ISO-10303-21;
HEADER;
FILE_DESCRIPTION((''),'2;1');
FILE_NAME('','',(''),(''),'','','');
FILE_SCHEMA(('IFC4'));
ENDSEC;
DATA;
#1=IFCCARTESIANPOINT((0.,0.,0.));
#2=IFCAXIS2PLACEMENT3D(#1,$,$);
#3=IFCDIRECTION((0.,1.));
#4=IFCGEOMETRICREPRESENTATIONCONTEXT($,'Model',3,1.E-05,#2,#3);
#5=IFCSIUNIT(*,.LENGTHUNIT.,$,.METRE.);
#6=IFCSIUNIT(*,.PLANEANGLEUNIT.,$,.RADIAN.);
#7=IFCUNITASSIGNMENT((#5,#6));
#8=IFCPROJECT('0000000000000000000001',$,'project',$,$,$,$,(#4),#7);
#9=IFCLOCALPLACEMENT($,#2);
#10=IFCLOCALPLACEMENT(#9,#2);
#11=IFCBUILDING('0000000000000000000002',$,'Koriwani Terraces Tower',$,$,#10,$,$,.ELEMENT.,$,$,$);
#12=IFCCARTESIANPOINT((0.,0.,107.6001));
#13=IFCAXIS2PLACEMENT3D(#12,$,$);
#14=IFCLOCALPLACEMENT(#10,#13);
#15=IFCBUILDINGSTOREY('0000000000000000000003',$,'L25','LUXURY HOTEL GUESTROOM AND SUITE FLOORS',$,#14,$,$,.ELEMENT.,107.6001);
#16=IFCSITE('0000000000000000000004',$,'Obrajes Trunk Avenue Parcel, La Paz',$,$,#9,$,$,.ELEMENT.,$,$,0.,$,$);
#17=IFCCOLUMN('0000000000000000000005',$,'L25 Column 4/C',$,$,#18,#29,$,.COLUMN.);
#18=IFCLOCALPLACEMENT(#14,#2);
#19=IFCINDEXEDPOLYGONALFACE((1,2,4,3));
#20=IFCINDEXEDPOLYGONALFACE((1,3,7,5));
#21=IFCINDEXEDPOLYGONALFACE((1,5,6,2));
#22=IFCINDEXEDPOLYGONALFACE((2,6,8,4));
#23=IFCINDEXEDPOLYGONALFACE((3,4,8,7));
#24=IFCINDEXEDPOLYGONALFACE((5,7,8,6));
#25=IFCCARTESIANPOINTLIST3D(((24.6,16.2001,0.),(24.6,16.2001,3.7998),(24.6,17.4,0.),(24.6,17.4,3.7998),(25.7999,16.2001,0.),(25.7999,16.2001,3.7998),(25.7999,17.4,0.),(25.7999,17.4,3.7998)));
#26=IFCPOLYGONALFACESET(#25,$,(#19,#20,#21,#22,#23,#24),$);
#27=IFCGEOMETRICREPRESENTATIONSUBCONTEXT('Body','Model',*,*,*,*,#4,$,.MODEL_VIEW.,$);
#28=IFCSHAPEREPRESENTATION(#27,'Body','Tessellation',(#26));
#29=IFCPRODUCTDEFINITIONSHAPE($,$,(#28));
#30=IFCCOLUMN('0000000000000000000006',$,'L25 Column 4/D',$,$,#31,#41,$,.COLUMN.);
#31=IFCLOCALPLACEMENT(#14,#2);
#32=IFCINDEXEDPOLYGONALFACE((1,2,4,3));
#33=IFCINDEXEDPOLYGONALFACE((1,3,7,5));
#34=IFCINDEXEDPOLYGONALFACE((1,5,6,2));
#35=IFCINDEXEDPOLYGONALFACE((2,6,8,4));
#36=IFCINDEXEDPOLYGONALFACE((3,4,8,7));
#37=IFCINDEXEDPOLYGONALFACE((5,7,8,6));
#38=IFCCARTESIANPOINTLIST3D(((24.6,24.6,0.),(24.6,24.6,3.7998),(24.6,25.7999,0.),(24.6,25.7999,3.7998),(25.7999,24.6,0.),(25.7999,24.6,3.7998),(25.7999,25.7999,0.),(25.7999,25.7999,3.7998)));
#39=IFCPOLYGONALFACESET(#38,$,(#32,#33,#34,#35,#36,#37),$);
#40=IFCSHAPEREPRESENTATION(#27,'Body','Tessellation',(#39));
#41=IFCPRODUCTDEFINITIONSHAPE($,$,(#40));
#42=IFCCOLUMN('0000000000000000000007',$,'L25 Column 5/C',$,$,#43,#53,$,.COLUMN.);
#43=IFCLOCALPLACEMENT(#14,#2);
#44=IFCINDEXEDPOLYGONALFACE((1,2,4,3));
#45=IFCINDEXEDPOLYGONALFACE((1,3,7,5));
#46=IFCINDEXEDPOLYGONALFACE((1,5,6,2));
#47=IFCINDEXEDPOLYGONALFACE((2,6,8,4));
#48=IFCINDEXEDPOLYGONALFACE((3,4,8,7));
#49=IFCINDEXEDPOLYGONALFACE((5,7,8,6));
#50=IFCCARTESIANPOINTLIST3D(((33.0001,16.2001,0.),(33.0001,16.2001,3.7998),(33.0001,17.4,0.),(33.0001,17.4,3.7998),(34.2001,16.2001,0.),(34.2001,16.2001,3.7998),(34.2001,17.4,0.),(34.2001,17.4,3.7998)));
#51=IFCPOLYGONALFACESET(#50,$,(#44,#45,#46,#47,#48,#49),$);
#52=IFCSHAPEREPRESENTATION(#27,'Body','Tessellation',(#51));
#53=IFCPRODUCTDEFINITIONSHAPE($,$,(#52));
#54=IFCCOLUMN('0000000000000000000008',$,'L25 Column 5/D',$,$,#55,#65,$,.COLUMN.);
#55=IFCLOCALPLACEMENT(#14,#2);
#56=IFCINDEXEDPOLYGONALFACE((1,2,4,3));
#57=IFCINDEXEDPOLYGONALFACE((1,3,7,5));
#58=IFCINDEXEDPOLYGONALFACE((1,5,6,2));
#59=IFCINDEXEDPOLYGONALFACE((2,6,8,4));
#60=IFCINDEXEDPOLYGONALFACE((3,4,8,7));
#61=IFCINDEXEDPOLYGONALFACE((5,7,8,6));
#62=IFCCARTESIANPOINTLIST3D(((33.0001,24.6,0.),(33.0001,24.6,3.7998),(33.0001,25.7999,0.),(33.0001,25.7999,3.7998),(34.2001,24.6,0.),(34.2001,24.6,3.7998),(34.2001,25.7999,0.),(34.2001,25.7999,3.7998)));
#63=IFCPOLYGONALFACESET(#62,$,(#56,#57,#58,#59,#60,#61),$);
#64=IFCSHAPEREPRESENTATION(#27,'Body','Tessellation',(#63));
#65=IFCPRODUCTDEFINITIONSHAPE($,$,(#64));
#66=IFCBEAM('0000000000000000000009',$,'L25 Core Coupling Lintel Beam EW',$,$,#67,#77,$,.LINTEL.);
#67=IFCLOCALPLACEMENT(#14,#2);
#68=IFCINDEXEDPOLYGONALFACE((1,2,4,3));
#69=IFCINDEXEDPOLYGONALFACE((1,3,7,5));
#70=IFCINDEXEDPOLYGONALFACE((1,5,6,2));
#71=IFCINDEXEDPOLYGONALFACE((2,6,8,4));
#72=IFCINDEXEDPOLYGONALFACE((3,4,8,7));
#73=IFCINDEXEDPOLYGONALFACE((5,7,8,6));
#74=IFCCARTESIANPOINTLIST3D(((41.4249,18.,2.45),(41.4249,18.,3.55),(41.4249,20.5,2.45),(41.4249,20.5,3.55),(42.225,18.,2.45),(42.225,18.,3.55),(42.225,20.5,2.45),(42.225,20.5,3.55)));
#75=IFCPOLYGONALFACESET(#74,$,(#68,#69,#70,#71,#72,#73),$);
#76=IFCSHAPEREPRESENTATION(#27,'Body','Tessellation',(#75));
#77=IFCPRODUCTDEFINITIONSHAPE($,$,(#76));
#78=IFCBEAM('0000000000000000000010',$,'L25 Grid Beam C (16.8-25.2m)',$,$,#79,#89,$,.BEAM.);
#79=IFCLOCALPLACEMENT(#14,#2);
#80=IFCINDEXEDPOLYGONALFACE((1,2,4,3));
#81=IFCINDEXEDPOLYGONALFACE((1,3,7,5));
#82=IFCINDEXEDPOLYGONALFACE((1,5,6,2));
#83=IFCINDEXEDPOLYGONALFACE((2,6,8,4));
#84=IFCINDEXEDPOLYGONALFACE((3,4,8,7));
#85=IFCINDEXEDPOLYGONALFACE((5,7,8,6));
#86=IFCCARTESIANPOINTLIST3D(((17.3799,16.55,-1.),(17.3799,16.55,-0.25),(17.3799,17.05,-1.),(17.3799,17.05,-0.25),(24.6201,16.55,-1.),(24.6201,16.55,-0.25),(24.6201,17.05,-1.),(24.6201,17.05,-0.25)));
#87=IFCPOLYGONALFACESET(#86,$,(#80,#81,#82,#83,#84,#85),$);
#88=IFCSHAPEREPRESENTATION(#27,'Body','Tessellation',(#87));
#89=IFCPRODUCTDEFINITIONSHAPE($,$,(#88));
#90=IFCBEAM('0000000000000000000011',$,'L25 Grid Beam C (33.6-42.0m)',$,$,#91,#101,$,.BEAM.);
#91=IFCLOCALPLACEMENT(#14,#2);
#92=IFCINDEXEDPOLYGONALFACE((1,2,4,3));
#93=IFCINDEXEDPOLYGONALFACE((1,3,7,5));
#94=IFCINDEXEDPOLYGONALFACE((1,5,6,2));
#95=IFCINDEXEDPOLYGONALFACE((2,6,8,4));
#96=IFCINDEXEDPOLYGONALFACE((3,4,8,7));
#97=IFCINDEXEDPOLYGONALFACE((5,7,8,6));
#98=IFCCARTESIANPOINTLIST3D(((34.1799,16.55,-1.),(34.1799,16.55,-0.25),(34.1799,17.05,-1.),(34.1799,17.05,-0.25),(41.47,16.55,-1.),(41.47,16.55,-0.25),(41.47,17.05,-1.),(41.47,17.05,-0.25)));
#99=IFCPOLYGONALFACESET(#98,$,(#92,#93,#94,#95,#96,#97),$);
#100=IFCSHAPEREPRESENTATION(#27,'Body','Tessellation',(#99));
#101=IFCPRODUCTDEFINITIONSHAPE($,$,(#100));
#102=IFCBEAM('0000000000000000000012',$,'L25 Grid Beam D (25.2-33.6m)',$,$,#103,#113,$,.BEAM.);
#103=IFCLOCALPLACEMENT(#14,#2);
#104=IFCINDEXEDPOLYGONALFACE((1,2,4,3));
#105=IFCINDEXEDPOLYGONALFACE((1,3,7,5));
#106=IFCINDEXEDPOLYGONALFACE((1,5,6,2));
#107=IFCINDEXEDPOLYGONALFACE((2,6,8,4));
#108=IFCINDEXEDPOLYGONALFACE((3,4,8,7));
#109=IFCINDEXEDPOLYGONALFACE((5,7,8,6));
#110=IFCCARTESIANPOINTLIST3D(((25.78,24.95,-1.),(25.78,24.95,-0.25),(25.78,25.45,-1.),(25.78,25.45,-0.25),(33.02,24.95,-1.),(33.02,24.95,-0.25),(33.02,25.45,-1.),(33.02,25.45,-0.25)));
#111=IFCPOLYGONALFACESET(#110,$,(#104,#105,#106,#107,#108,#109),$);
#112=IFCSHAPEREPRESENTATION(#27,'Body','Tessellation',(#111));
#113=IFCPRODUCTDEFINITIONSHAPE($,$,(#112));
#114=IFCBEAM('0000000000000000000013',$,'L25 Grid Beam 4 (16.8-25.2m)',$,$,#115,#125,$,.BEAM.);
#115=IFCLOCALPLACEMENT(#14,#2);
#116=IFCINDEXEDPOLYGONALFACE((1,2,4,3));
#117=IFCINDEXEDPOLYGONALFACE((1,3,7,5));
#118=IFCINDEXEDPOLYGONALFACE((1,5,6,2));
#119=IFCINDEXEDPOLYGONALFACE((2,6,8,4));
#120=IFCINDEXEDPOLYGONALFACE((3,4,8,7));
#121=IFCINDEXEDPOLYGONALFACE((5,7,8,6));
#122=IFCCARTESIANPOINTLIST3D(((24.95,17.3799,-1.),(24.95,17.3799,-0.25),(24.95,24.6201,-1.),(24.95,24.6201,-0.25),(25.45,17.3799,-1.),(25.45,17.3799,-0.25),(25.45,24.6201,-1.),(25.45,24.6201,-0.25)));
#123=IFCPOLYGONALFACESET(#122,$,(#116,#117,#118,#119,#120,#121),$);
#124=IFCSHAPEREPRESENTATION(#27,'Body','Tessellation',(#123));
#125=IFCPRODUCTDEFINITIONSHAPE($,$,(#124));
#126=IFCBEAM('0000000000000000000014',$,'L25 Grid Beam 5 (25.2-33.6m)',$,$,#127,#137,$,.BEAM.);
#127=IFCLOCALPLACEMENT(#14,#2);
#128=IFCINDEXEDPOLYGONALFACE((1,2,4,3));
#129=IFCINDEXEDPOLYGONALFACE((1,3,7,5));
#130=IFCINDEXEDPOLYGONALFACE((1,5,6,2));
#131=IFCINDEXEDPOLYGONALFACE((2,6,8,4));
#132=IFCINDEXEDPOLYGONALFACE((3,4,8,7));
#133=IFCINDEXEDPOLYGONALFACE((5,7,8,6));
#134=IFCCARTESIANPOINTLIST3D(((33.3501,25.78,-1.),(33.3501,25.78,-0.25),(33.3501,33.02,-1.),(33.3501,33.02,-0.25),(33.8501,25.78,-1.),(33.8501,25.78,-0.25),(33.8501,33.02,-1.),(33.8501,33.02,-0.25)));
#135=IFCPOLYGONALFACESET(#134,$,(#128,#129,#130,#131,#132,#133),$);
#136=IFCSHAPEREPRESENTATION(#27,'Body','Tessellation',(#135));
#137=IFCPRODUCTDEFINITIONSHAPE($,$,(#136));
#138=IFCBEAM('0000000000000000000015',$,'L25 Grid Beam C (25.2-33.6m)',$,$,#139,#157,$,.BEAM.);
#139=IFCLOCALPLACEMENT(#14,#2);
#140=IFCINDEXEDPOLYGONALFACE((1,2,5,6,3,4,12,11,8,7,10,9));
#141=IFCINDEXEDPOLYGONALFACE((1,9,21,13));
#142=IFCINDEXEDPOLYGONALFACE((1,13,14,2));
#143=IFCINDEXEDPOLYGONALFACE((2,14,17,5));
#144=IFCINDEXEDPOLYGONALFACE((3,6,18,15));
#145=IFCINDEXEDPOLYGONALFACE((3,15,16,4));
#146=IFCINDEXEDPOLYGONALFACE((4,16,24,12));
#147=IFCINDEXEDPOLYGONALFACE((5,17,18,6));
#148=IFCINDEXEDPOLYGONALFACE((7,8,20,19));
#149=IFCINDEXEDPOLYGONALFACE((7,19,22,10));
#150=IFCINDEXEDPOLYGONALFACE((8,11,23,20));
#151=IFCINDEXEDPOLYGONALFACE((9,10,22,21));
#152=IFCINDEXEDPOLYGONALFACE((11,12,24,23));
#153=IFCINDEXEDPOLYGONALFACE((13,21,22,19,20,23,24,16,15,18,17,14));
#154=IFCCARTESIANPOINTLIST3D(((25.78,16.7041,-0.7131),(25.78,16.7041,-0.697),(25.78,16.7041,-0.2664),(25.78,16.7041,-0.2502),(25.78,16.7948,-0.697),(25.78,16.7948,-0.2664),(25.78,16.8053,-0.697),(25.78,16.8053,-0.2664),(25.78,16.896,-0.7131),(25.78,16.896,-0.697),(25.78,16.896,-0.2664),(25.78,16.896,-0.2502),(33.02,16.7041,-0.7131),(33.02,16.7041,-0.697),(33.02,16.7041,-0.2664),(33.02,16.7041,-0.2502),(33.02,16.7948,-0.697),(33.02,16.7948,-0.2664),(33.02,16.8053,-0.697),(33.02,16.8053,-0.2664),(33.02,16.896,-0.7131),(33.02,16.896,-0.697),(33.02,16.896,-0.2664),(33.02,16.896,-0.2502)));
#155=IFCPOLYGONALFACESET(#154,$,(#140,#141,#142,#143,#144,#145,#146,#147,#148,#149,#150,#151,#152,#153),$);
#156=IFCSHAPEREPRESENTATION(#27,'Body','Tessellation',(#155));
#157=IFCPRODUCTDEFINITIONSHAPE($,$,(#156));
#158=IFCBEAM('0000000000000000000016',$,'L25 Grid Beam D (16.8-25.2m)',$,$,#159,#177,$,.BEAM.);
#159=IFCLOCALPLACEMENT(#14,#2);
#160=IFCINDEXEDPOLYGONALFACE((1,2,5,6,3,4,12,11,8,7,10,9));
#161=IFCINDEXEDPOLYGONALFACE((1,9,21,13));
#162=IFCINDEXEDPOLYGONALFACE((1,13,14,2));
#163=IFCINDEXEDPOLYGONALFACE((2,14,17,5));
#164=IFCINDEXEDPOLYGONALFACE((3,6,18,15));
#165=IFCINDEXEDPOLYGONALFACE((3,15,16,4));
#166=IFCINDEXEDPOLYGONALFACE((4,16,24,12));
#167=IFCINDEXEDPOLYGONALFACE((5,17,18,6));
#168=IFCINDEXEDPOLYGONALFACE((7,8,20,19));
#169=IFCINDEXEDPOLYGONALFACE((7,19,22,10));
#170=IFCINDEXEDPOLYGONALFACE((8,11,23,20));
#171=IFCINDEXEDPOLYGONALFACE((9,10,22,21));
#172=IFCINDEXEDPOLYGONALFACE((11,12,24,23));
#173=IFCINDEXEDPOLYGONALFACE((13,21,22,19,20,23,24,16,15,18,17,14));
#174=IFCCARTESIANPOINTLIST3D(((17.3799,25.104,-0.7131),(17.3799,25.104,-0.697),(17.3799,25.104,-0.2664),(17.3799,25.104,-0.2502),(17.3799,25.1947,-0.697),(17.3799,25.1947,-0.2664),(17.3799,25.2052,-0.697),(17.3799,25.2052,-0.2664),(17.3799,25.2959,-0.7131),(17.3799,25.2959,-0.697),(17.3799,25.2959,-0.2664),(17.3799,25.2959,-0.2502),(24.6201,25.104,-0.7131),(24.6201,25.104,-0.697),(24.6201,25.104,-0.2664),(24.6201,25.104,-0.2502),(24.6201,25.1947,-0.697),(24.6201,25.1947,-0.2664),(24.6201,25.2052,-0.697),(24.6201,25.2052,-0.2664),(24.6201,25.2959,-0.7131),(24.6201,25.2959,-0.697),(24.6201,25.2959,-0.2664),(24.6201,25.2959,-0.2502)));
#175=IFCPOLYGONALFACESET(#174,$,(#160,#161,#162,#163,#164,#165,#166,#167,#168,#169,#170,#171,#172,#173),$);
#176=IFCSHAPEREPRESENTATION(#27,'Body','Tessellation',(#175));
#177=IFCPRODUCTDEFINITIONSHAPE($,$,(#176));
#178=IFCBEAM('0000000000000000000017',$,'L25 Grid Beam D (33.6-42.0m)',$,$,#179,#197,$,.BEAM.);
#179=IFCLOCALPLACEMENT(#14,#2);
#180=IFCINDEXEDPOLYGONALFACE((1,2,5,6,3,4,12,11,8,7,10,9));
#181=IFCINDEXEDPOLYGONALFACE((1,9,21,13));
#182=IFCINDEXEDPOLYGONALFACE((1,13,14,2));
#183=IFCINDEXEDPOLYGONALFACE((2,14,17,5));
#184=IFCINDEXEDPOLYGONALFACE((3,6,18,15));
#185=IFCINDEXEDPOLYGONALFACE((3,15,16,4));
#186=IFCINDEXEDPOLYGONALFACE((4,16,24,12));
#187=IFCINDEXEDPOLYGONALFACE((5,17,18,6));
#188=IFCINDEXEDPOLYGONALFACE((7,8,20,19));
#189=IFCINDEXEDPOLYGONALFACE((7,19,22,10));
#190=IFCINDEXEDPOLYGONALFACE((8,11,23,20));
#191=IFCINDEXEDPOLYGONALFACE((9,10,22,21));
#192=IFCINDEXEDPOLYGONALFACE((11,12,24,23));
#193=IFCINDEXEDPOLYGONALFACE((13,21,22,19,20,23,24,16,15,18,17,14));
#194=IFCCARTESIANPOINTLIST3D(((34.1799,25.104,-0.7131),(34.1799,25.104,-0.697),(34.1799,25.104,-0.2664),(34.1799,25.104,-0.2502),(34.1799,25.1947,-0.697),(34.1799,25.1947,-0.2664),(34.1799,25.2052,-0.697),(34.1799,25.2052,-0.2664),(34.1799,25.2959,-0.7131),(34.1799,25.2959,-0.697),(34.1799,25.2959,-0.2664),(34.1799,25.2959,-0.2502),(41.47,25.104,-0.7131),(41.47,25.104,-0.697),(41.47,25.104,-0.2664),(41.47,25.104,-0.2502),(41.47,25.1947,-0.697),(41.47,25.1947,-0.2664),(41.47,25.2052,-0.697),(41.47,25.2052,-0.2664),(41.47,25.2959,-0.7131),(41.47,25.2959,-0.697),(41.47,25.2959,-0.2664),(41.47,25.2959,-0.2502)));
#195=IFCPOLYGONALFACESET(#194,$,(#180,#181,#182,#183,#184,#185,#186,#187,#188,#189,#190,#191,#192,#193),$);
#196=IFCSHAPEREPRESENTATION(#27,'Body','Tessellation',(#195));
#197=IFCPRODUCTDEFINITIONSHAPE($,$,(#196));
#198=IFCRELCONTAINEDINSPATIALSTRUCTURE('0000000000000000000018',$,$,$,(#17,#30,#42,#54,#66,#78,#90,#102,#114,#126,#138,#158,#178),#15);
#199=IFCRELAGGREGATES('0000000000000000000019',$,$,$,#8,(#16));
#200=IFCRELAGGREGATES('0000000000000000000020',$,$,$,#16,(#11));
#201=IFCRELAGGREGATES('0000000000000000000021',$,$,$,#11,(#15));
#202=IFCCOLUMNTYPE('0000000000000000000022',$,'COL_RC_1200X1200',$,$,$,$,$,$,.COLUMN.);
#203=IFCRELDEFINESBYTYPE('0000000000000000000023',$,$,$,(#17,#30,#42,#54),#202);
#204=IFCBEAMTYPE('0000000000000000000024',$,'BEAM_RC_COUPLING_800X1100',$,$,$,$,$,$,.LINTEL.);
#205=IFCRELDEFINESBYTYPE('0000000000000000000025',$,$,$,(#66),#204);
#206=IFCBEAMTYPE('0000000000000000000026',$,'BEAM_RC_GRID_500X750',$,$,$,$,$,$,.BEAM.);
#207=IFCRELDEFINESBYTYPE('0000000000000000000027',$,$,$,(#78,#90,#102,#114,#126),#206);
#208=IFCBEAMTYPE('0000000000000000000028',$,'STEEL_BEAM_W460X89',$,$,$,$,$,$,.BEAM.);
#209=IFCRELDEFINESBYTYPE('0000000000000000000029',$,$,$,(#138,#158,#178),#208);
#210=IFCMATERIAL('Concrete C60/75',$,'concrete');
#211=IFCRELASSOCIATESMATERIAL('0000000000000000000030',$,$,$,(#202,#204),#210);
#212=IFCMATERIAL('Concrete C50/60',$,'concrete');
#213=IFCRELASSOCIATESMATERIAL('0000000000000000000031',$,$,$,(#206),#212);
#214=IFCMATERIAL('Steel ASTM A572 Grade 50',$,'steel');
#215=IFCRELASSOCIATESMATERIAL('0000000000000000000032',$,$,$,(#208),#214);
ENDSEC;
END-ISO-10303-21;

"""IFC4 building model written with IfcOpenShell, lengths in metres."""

from ifc_helpers import new_model, si_unit, direction, frame, origin, origin_2d, place, context, subcontext, project, spatial, rectangle, i_section, extrude, material, material_profile, profile_set, type_object, element, save


model = new_model("IFC4")

# Units and contexts
model_context = context("Model", 3, precision=1e-05, world=origin(), true_north=direction((0.0, 1.0)))
body_context = subcontext(model_context, "Body", "Model", "MODEL_VIEW")
ifc_project = project(units=[si_unit("LENGTHUNIT", "METRE"), si_unit("PLANEANGLEUNIT", "RADIAN")], contexts=[model_context])

# Site, building, storey
site_placement = place(None, origin())
site = spatial("IfcSite", under=ifc_project, at=site_placement, Name="Obrajes Trunk Avenue Parcel, La Paz", CompositionType="ELEMENT", RefElevation=0.0)
building_placement = place(site_placement, origin())
building = spatial("IfcBuilding", under=site, at=building_placement, Name="Koriwani Terraces Tower", CompositionType="ELEMENT")
storey_placement = place(building_placement, frame((0.0, 0.0, 107.6001)))
storey = spatial("IfcBuildingStorey", under=building, at=storey_placement, Name="L25", Description="LUXURY HOTEL GUESTROOM AND SUITE FLOORS", CompositionType="ELEMENT", Elevation=107.6001)

# Columns
ifc_material_1 = material(Name="Concrete C60/75", Category="concrete")
ifc_material_profile_1 = material_profile(ifc_material_1, rectangle(XDim=1.2, YDim=1.2, at=origin_2d()), Name="Concrete C60/75", Category="LoadBearing")
ifc_profile_set_1 = profile_set([ifc_material_profile_1], Name="Concrete C60/75")
column_type = type_object("IfcColumnType", Name="COL_RC_1200X1200", PredefinedType="COLUMN", material=ifc_profile_set_1)
for number, where, z_axis, x_axis, name in (
    (1, (25.2, 16.8, 0.0), (0.0, 0.0, 1.0), (1.0, 0.0, 0.0), "L25 Column 4/C"),
    (2, (25.2, 25.2, 0.0), (0.0, 0.0, 1.0), (1.0, 0.0, 0.0), "L25 Column 4/D"),
    (3, (33.6001, 16.8, 0.0), (0.0, 0.0, 1.0), (1.0, 0.0, 0.0), "L25 Column 5/C"),
    (4, (33.6001, 25.2, 0.0), (0.0, 0.0, 1.0), (1.0, 0.0, 0.0), "L25 Column 5/D"),
):
    element("IfcColumn", number, at=place(storey_placement, frame(where, z_axis=z_axis, x_axis=x_axis)), inside=storey, type_object=column_type, Name=name, PredefinedType="COLUMN", context=body_context, shape_type="SweptSolid", body=[
        extrude(rectangle(XDim=1.2, YDim=1.2, at=origin_2d()), origin(), (0.0, 0.0, 1.0), 3.7998),
    ])

# Beams
ifc_material_profile_2 = material_profile(ifc_material_1, rectangle(XDim=0.8, YDim=1.1001, at=origin_2d()), Name="Concrete C60/75", Category="LoadBearing")
ifc_profile_set_2 = profile_set([ifc_material_profile_2], Name="Concrete C60/75")
beam_type_1 = type_object("IfcBeamType", Name="BEAM_RC_COUPLING_800X1100", PredefinedType="LINTEL", material=ifc_profile_set_2)
beam_1_placement = place(storey_placement, frame((41.825, 18.0, 3.0), z_axis=(0.0, 1.0, 0.0), x_axis=(-1.0, 0.0, 0.0)))
element("IfcBeam", 5, at=beam_1_placement, inside=storey, type_object=beam_type_1, Name="L25 Core Coupling Lintel Beam EW", PredefinedType="LINTEL", context=body_context, shape_type="SweptSolid", body=[
    extrude(rectangle(XDim=0.8, YDim=1.1001, at=origin_2d()), origin(), (0.0, 0.0, 1.0), 2.5),
])
ifc_material_2 = material(Name="Concrete C50/60", Category="concrete")
ifc_material_profile_3 = material_profile(ifc_material_2, rectangle(XDim=0.5, YDim=0.75, at=origin_2d()), Name="Concrete C50/60", Category="LoadBearing")
ifc_profile_set_3 = profile_set([ifc_material_profile_3], Name="Concrete C50/60")
beam_type_2 = type_object("IfcBeamType", Name="BEAM_RC_GRID_500X750", PredefinedType="BEAM", material=ifc_profile_set_3)
beam_2_placement = place(storey_placement, frame((17.3799, 16.8, -0.625), z_axis=(1.0, 0.0, 0.0), x_axis=(0.0, 1.0, 0.0)))
element("IfcBeam", 6, at=beam_2_placement, inside=storey, type_object=beam_type_2, Name="L25 Grid Beam C (16.8-25.2m)", PredefinedType="BEAM", context=body_context, shape_type="SweptSolid", body=[
    extrude(rectangle(XDim=0.5, YDim=0.75, at=origin_2d()), origin(), (0.0, 0.0, 1.0), 7.2402),
])
beam_3_placement = place(storey_placement, frame((34.1799, 16.8, -0.625), z_axis=(1.0, 0.0, 0.0), x_axis=(0.0, 1.0, 0.0)))
element("IfcBeam", 7, at=beam_3_placement, inside=storey, type_object=beam_type_2, Name="L25 Grid Beam C (33.6-42.0m)", PredefinedType="BEAM", context=body_context, shape_type="SweptSolid", body=[
    extrude(rectangle(XDim=0.5, YDim=0.75, at=origin_2d()), origin(), (0.0, 0.0, 1.0), 7.29),
])
beam_4_placement = place(storey_placement, frame((25.78, 25.2, -0.625), z_axis=(1.0, 0.0, 0.0), x_axis=(0.0, 1.0, 0.0)))
element("IfcBeam", 8, at=beam_4_placement, inside=storey, type_object=beam_type_2, Name="L25 Grid Beam D (25.2-33.6m)", PredefinedType="BEAM", context=body_context, shape_type="SweptSolid", body=[
    extrude(rectangle(XDim=0.5, YDim=0.75, at=origin_2d()), origin(), (0.0, 0.0, 1.0), 7.24),
])
beam_5_placement = place(storey_placement, frame((25.2, 17.3799, -0.625), z_axis=(0.0, 1.0, 0.0), x_axis=(-1.0, 0.0, 0.0)))
element("IfcBeam", 9, at=beam_5_placement, inside=storey, type_object=beam_type_2, Name="L25 Grid Beam 4 (16.8-25.2m)", PredefinedType="BEAM", context=body_context, shape_type="SweptSolid", body=[
    extrude(rectangle(XDim=0.5, YDim=0.75, at=origin_2d()), origin(), (0.0, 0.0, 1.0), 7.2402),
])
beam_6_placement = place(storey_placement, frame((33.6001, 25.78, -0.625), z_axis=(0.0, 1.0, 0.0), x_axis=(-1.0, 0.0, 0.0)))
element("IfcBeam", 10, at=beam_6_placement, inside=storey, type_object=beam_type_2, Name="L25 Grid Beam 5 (25.2-33.6m)", PredefinedType="BEAM", context=body_context, shape_type="SweptSolid", body=[
    extrude(rectangle(XDim=0.5, YDim=0.75, at=origin_2d()), origin(), (0.0, 0.0, 1.0), 7.24),
])
ifc_material_3 = material(Name="Steel ASTM A572 Grade 50", Category="steel")
ifc_material_profile_4 = material_profile(ifc_material_3, i_section(OverallWidth=0.1919, OverallDepth=0.4629, WebThickness=0.0105, FlangeThickness=0.0161, at=origin_2d()), Name="Steel ASTM A572 Grade 50", Category="LoadBearing")
ifc_profile_set_4 = profile_set([ifc_material_profile_4], Name="Steel ASTM A572 Grade 50")
beam_type_3 = type_object("IfcBeamType", Name="STEEL_BEAM_W460X89", PredefinedType="BEAM", material=ifc_profile_set_4)
beam_7_placement = place(storey_placement, frame((25.78, 16.8, -0.4817), z_axis=(1.0, 0.0, 0.0), x_axis=(0.0, 1.0, 0.0)))
element("IfcBeam", 11, at=beam_7_placement, inside=storey, type_object=beam_type_3, Name="L25 Grid Beam C (25.2-33.6m)", PredefinedType="BEAM", context=body_context, shape_type="SweptSolid", body=[
    extrude(i_section(OverallWidth=0.1919, OverallDepth=0.4629, WebThickness=0.0105, FlangeThickness=0.0161, at=origin_2d()), origin(), (0.0, 0.0, 1.0), 7.24),
])
beam_8_placement = place(storey_placement, frame((17.3799, 25.2, -0.4817), z_axis=(1.0, 0.0, 0.0), x_axis=(0.0, 1.0, 0.0)))
element("IfcBeam", 12, at=beam_8_placement, inside=storey, type_object=beam_type_3, Name="L25 Grid Beam D (16.8-25.2m)", PredefinedType="BEAM", context=body_context, shape_type="SweptSolid", body=[
    extrude(i_section(OverallWidth=0.1919, OverallDepth=0.4629, WebThickness=0.0105, FlangeThickness=0.0161, at=origin_2d()), origin(), (0.0, 0.0, 1.0), 7.2402),
])
beam_9_placement = place(storey_placement, frame((34.1799, 25.2, -0.4817), z_axis=(1.0, 0.0, 0.0), x_axis=(0.0, 1.0, 0.0)))
element("IfcBeam", 13, at=beam_9_placement, inside=storey, type_object=beam_type_3, Name="L25 Grid Beam D (33.6-42.0m)", PredefinedType="BEAM", context=body_context, shape_type="SweptSolid", body=[
    extrude(i_section(OverallWidth=0.1919, OverallDepth=0.4629, WebThickness=0.0105, FlangeThickness=0.0161, at=origin_2d()), origin(), (0.0, 0.0, 1.0), 7.29),
])

save(model, "model.ifc")
